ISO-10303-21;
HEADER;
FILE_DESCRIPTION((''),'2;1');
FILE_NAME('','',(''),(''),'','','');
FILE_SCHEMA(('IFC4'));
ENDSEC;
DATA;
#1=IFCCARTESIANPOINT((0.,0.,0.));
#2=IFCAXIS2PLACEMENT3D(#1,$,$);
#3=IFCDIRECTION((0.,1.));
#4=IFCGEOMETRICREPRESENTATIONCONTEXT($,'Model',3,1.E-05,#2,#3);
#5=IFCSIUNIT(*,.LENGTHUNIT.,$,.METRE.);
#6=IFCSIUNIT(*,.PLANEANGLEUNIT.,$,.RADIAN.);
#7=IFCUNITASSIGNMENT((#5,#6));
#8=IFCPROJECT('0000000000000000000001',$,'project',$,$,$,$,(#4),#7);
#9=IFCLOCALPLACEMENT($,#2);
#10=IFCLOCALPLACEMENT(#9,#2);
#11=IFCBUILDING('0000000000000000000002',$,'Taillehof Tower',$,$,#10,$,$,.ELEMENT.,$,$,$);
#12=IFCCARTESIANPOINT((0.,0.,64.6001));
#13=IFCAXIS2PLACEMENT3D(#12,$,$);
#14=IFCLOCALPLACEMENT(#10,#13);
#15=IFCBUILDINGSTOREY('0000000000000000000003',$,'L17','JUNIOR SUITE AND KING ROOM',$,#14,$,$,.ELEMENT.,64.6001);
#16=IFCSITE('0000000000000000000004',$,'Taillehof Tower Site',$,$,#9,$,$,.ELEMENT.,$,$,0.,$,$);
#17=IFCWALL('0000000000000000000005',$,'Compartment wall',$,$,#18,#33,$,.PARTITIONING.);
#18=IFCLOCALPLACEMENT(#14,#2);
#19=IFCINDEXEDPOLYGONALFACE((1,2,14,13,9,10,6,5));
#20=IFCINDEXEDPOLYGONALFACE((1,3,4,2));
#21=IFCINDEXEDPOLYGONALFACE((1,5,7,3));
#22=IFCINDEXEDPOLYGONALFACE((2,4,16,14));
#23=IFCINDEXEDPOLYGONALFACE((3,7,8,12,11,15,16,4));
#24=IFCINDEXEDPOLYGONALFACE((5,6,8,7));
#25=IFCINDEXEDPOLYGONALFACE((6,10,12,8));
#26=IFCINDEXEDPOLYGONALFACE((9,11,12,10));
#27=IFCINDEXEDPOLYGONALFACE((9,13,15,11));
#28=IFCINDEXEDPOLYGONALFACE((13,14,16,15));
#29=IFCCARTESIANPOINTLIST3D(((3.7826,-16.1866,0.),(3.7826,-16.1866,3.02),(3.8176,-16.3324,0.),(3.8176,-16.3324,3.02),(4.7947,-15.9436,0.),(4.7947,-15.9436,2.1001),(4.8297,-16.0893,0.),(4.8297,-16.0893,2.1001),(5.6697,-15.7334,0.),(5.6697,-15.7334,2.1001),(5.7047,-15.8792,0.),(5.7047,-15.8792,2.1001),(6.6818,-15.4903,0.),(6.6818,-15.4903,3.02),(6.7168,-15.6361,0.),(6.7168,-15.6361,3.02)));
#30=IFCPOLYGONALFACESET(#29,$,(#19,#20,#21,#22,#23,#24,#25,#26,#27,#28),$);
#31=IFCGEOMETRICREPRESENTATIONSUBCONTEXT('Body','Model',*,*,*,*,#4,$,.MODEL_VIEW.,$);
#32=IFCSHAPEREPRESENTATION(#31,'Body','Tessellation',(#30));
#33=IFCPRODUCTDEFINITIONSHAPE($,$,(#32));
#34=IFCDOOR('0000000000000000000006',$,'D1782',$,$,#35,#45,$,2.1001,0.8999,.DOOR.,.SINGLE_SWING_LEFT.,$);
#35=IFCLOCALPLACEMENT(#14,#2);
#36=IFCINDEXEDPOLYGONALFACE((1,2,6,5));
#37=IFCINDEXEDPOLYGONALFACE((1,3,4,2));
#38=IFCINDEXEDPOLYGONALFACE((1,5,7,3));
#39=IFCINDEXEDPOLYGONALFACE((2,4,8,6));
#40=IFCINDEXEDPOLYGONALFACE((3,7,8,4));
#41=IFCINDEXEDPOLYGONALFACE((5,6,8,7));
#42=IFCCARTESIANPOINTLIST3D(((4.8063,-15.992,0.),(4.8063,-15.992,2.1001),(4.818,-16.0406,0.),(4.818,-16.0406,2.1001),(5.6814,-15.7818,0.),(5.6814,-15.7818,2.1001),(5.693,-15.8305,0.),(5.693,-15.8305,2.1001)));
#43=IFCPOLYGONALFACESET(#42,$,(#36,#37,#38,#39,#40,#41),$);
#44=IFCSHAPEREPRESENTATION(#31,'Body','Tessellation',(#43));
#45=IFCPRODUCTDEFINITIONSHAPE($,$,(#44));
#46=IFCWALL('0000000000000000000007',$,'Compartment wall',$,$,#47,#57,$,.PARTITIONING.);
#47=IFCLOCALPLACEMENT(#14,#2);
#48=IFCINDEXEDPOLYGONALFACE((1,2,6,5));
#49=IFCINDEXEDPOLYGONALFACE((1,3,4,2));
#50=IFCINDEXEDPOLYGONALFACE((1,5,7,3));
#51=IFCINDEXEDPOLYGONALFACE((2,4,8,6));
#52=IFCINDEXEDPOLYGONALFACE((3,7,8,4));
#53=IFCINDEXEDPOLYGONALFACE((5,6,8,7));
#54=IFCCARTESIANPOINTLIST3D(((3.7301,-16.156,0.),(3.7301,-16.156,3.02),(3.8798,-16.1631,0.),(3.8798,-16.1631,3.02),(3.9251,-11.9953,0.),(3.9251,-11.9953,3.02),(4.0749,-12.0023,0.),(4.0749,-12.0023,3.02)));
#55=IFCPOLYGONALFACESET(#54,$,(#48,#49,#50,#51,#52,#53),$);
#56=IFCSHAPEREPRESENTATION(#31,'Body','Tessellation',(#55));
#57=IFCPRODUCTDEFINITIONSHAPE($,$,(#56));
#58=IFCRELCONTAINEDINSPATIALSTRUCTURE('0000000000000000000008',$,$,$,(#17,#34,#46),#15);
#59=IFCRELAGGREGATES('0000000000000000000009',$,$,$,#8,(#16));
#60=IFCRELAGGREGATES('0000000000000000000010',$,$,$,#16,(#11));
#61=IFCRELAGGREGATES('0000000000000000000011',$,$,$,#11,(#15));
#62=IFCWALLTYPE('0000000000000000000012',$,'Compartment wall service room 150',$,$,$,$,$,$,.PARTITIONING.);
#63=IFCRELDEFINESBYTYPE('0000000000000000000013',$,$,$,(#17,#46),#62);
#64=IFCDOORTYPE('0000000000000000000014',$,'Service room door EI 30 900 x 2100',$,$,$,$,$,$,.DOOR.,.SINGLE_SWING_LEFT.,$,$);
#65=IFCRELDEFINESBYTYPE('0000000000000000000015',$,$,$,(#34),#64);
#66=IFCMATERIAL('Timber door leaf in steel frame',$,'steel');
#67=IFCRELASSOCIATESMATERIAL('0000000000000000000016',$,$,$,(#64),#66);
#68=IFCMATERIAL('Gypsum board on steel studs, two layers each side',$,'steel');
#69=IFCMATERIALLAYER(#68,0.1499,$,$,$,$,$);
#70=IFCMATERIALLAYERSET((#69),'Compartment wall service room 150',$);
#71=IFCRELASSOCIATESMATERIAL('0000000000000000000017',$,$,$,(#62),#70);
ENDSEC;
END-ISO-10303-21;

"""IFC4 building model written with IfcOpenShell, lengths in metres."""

from ifc_helpers import new_model, si_unit, direction, frame, frame_2d, origin, place, context, subcontext, project, spatial, rectangle, extrude, material, layer, layer_set, type_object, element, fill, save


model = new_model("IFC4")

# Units and contexts
model_context = context("Model", 3, precision=1e-05, world=origin(), true_north=direction((0.0, 1.0)))
body_context = subcontext(model_context, "Body", "Model", "MODEL_VIEW")
ifc_project = project(units=[si_unit("LENGTHUNIT", "METRE"), si_unit("PLANEANGLEUNIT", "RADIAN")], contexts=[model_context])

# Site, building, storey
site_placement = place(None, origin())
site = spatial("IfcSite", under=ifc_project, at=site_placement, Name="Taillehof Tower Site", CompositionType="ELEMENT", RefElevation=0.0)
building_placement = place(site_placement, origin())
building = spatial("IfcBuilding", under=site, at=building_placement, Name="Taillehof Tower", CompositionType="ELEMENT")
storey_placement = place(building_placement, frame((0.0, 0.0, 64.6001)))
storey = spatial("IfcBuildingStorey", under=building, at=storey_placement, Name="L17", Description="JUNIOR SUITE AND KING ROOM", CompositionType="ELEMENT", Elevation=64.6001)

# Shared definitions
ifc_material_1 = material(Name="Timber door leaf in steel frame", Category="steel")
door_type_1 = type_object("IfcDoorType", Name="Service room door EI 30 900 x 2100", OperationType="SINGLE_SWING_LEFT", PredefinedType="DOOR", material=ifc_material_1)

# Shared definitions
ifc_material_2 = material(Name="Gypsum board on steel studs, two layers each side", Category="steel")
ifc_layer_1 = layer(ifc_material_2, 0.1499)
ifc_layer_set_1 = layer_set([ifc_layer_1], Name="Compartment wall service room 150")
wall_type_1 = type_object("IfcWallType", Name="Compartment wall service room 150", PredefinedType="PARTITIONING", material=ifc_layer_set_1)

# Wall, opening, door
wall_1_placement = place(storey_placement, frame((6.6992, -15.5632, 0.0), z_axis=(0.0, 0.0, 1.0), x_axis=(-0.97235, -0.233528, 0.0)))
wall_1 = element("IfcWall", 1, at=wall_1_placement, inside=storey, type_object=wall_type_1, Name="Compartment wall", PredefinedType="PARTITIONING", context=body_context, shape_type="SweptSolid", body=[
    extrude(rectangle(XDim=2.9817, YDim=0.1499, at=frame_2d((1.4907, 0.0))), origin(), (0.0, 0.0, 1.0), 3.02),
])
opening_1_placement = place(wall_1_placement, frame((1.0408, 0.0, 0.0)))
opening_1 = element("IfcOpeningElement", 2, at=opening_1_placement, cuts=wall_1, PredefinedType="OPENING", context=body_context, shape_type="SweptSolid", body=[
    extrude(rectangle(XDim=0.8999, YDim=2.1001, at=frame_2d((0.45, 1.05))), frame((0.0, 0.085, 0.0), z_axis=(0.0, -1.0, 0.0), x_axis=(1.0, 0.0, 0.0)), (0.0, 0.0, 1.0), 0.1699),
])
door_1_placement = place(opening_1_placement, origin())
door_1 = element("IfcDoor", 3, at=door_1_placement, inside=storey, type_object=door_type_1, Name="D1782", OperationType="SINGLE_SWING_LEFT", OverallHeight=2.1001, OverallWidth=0.8999, PredefinedType="DOOR", context=body_context, shape_type="SweptSolid", body=[
    extrude(rectangle(XDim=0.8999, YDim=2.1001, at=frame_2d((0.45, 1.05))), frame((0.0, 0.0249, 0.0), z_axis=(0.0, -1.0, 0.0), x_axis=(1.0, 0.0, 0.0)), (0.0, 0.0, 1.0), 0.05),
])
fill(opening_1, door_1)

# Wall
wall_2_placement = place(storey_placement, frame((3.8049, -16.1594, 0.0), z_axis=(0.0, 0.0, 1.0), x_axis=(0.046833, 0.998903, 0.0)))
element("IfcWall", 4, at=wall_2_placement, inside=storey, type_object=wall_type_1, Name="Compartment wall", PredefinedType="PARTITIONING", context=body_context, shape_type="SweptSolid", body=[
    extrude(rectangle(XDim=4.1653, YDim=0.1499, at=frame_2d((2.0825, 0.0))), origin(), (0.0, 0.0, 1.0), 3.02),
])

save(model, "model.ifc")
